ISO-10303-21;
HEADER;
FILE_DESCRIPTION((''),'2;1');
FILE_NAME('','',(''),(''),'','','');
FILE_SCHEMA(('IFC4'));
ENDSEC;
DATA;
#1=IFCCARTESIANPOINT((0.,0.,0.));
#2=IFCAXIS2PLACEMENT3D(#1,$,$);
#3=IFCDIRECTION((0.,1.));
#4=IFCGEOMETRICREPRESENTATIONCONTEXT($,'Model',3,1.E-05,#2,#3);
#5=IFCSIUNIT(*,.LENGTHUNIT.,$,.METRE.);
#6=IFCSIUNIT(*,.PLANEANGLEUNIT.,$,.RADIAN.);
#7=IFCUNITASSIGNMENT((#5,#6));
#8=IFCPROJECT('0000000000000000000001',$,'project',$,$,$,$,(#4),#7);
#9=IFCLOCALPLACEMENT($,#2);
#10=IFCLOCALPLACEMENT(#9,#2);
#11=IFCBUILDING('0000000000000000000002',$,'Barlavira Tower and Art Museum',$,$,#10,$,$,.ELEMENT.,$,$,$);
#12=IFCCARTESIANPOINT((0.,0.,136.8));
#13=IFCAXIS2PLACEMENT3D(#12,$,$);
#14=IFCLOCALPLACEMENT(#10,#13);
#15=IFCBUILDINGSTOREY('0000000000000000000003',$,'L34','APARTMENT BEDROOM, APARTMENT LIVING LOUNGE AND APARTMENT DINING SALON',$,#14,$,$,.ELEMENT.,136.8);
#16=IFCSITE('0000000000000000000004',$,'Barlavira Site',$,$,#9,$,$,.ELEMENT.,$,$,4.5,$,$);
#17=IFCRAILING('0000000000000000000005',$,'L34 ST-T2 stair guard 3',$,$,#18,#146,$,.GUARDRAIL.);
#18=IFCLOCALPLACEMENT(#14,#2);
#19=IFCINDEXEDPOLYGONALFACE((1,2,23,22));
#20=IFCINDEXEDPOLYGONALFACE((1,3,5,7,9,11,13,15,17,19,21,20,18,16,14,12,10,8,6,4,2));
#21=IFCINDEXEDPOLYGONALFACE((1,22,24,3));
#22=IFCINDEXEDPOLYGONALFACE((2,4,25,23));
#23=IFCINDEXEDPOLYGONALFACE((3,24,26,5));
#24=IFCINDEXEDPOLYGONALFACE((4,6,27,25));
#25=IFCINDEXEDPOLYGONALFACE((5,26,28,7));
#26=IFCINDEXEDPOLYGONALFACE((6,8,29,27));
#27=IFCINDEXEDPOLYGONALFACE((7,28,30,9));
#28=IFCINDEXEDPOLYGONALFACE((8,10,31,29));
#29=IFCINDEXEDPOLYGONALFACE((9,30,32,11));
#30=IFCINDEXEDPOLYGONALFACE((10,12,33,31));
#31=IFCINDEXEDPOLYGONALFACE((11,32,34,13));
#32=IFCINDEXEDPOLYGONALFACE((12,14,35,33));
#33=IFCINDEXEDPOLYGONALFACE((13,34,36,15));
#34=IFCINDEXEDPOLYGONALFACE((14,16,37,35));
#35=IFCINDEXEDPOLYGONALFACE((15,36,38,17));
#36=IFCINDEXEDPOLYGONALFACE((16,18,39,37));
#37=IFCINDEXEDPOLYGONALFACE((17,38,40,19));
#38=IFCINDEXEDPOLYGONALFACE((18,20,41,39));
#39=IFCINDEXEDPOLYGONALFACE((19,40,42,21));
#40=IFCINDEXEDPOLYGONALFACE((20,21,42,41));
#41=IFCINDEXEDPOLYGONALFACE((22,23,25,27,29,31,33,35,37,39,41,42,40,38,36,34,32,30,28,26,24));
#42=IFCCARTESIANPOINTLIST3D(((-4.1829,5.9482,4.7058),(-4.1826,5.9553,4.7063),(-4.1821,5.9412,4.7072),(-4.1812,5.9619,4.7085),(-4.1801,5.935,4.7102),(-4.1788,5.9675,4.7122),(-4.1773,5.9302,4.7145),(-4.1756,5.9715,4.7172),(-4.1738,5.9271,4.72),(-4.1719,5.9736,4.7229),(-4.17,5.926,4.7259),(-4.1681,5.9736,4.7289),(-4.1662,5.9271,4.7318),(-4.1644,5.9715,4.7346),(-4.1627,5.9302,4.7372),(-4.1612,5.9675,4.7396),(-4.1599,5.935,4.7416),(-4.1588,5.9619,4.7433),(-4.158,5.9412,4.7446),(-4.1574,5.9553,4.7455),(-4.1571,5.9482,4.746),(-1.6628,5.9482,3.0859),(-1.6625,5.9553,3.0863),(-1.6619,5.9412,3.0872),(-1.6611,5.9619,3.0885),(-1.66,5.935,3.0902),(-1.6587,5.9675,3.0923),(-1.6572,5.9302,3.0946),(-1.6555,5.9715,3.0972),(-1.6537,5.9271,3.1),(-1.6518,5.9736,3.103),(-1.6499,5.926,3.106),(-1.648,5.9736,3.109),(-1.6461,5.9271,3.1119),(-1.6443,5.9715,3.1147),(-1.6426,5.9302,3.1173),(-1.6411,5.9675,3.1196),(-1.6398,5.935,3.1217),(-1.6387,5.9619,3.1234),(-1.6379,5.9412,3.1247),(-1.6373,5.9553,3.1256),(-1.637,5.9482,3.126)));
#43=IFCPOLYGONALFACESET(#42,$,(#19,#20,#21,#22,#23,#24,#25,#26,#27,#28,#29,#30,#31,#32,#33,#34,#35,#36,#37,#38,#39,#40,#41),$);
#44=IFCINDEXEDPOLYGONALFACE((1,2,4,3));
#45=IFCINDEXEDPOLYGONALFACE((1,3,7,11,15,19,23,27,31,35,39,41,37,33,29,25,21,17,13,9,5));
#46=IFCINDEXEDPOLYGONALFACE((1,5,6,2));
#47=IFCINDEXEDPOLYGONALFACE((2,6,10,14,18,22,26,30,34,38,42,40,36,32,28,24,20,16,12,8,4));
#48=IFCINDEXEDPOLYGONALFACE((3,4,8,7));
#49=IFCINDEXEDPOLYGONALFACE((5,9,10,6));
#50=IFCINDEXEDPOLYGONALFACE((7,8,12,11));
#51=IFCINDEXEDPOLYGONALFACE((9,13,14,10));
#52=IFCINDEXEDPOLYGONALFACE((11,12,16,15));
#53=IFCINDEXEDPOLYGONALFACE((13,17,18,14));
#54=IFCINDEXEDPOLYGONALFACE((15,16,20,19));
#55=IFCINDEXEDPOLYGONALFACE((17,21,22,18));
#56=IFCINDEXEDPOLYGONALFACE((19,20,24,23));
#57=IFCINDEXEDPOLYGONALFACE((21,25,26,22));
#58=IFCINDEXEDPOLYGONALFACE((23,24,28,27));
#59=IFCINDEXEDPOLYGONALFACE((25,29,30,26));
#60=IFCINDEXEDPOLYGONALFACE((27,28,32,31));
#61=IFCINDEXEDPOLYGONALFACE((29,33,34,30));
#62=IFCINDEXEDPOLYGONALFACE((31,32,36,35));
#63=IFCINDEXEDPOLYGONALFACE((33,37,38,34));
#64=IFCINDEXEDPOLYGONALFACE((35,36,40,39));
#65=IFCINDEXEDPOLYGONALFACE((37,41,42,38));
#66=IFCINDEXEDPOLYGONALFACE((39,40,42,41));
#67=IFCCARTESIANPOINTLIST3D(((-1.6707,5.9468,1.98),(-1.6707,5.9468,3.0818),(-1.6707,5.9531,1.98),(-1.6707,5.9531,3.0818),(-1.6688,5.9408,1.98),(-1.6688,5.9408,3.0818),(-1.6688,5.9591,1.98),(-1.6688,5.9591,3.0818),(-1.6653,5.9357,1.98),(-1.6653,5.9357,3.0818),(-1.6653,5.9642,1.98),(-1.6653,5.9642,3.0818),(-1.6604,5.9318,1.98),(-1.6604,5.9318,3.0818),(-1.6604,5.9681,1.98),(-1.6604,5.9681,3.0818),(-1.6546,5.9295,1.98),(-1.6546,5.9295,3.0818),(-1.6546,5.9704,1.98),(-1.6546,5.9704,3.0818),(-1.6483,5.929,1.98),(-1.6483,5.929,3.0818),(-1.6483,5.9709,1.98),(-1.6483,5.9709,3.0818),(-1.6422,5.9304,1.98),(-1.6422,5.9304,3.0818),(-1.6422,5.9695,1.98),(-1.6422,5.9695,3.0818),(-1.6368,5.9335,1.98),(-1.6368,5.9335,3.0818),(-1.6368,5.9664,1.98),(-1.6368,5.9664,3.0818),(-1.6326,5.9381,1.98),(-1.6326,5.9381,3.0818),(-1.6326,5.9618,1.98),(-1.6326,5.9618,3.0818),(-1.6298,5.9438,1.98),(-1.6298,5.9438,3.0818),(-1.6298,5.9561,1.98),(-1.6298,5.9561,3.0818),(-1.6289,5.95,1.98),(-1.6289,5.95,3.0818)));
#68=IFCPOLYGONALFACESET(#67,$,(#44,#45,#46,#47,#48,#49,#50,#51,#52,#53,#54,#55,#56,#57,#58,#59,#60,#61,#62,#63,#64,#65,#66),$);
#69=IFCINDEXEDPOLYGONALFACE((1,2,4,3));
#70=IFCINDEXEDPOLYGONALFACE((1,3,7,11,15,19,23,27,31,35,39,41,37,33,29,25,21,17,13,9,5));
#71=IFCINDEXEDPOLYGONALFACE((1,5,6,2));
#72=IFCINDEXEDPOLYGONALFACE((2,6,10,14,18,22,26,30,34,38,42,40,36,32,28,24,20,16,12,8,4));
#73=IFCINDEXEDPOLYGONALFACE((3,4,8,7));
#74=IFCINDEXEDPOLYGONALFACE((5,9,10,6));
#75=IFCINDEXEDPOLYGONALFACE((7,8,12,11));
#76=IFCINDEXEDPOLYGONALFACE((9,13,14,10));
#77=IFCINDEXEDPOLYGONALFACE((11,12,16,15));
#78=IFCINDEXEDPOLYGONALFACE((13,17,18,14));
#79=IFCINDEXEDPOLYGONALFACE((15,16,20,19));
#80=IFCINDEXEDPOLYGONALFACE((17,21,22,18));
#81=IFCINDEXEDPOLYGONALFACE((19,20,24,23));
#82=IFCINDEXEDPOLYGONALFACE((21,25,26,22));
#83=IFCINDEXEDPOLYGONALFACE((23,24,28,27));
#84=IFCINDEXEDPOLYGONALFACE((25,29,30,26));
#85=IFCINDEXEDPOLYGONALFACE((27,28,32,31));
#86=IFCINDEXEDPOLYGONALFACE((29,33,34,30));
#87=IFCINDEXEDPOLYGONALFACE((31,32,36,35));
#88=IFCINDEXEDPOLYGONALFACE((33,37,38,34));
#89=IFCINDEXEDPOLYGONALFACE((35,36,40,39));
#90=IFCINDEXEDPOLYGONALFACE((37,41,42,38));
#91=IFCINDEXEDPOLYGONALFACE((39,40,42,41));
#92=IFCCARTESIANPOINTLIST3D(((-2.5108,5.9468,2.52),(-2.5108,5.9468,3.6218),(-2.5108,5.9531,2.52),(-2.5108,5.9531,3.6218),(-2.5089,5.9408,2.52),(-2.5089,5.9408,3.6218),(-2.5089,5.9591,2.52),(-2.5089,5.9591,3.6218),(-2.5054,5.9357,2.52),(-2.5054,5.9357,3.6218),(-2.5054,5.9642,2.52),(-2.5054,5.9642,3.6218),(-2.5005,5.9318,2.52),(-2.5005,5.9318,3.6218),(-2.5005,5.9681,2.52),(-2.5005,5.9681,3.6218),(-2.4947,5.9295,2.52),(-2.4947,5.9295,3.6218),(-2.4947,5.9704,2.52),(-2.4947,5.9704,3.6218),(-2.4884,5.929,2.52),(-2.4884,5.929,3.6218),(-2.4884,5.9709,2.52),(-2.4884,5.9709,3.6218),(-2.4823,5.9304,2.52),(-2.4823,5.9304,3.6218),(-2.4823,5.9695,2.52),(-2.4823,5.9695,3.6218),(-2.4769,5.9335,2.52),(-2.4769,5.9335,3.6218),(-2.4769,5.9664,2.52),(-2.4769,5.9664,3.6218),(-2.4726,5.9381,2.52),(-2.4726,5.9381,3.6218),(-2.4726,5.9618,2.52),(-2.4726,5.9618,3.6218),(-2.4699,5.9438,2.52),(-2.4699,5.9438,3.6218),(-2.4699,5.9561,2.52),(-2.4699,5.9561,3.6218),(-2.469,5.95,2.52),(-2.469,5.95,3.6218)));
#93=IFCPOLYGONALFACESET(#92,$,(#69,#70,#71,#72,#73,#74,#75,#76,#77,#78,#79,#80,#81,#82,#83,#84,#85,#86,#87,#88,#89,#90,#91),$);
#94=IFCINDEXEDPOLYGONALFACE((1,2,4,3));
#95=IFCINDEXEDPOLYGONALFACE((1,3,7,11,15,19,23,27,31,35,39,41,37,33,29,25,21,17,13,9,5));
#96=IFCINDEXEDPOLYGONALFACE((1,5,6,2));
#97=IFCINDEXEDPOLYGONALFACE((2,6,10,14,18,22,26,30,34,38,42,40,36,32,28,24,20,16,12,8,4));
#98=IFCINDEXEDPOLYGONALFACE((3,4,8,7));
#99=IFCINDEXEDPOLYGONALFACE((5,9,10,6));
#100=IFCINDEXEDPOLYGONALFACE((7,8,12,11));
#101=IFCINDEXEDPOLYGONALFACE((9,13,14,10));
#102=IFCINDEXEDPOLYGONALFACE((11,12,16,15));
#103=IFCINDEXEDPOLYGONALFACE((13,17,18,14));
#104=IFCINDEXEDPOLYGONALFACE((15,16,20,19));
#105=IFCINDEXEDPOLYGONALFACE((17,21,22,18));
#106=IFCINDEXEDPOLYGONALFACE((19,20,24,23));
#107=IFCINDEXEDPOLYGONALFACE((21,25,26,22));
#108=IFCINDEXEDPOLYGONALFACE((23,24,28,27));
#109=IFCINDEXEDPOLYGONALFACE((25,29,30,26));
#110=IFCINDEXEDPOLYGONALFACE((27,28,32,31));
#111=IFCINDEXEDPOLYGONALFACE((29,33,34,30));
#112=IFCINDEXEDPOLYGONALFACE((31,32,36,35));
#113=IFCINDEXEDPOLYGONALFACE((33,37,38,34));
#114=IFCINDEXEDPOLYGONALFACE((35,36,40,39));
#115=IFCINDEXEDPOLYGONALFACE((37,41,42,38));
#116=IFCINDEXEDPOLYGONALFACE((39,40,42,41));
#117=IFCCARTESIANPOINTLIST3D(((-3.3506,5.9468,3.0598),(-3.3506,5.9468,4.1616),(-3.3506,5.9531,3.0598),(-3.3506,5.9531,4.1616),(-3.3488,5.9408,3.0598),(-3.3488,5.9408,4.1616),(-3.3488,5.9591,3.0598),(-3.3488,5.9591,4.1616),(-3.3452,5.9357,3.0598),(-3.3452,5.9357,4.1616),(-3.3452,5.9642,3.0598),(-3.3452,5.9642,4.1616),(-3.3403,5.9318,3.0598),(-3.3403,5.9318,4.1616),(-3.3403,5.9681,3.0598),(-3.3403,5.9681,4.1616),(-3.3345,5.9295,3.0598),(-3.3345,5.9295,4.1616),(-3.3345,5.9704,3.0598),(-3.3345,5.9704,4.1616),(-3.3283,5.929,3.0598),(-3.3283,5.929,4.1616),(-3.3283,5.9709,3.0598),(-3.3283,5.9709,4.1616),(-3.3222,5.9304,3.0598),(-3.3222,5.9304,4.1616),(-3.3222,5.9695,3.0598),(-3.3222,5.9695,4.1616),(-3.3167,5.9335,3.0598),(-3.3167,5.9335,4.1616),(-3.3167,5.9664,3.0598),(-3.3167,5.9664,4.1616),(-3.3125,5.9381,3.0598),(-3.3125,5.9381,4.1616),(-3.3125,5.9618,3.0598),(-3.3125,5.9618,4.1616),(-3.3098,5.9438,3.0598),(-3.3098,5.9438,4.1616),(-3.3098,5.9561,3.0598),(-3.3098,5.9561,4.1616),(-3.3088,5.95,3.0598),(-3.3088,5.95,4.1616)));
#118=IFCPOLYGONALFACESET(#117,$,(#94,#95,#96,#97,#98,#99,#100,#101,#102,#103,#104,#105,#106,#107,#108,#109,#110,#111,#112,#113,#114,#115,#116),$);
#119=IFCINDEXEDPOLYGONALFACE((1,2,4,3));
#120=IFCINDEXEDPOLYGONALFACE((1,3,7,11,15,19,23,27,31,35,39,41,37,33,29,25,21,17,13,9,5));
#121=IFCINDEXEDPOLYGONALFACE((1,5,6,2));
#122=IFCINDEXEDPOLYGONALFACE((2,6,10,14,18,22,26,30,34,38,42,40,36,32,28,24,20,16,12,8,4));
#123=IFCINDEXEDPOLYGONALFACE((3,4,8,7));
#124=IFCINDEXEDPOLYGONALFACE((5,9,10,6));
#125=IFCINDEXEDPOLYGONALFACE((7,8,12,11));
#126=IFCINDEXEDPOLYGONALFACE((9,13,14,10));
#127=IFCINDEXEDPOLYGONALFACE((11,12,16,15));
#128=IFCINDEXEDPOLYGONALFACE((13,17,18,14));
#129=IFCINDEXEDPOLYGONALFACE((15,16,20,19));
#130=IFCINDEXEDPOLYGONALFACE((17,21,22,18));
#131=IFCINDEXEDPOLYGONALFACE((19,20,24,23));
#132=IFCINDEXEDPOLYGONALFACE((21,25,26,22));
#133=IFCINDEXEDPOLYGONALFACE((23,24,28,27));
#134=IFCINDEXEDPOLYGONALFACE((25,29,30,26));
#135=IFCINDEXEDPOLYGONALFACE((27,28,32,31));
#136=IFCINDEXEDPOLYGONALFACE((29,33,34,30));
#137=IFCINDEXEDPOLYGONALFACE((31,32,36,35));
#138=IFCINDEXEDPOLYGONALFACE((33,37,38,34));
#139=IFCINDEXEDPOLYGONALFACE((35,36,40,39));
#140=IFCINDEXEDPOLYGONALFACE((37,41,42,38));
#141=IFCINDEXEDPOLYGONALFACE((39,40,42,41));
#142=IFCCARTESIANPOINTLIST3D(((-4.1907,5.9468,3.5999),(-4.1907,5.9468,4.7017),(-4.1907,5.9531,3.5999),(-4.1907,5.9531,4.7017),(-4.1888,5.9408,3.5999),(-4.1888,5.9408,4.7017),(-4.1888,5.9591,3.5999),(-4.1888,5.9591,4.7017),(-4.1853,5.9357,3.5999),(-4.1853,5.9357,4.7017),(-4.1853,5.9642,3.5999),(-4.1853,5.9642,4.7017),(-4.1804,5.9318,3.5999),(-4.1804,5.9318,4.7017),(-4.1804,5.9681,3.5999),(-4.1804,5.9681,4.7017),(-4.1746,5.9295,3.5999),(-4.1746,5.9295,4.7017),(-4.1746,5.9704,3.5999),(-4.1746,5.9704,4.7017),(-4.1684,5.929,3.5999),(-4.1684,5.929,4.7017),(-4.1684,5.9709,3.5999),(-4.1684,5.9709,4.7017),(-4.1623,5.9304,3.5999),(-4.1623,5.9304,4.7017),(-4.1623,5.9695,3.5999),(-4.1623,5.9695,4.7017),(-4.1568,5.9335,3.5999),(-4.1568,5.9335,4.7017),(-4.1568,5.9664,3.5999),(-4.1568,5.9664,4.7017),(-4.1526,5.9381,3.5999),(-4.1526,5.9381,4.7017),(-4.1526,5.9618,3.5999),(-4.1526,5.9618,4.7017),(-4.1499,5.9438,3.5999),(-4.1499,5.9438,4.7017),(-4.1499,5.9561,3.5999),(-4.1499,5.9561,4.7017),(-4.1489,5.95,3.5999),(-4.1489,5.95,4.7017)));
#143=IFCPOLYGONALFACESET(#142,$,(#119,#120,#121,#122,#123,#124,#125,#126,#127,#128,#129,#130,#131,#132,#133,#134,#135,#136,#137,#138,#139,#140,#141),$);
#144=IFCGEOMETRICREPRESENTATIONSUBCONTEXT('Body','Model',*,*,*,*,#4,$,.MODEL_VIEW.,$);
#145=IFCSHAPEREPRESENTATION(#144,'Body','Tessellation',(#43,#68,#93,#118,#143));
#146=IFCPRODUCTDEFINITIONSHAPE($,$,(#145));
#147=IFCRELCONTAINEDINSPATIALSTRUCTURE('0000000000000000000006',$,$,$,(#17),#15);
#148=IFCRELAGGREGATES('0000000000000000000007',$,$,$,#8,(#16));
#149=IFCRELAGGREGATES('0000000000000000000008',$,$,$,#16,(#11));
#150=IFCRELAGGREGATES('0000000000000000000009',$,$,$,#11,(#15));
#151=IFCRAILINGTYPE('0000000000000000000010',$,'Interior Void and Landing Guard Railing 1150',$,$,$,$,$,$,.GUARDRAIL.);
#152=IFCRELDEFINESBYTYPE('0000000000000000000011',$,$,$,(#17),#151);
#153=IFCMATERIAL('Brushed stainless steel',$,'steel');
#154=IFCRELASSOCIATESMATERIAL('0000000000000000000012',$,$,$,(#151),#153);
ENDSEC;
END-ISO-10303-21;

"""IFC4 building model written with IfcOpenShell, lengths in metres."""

from ifc_helpers import new_model, si_unit, direction, frame, origin, origin_2d, place, context, subcontext, project, spatial, circle, extrude, material, type_object, element, save


model = new_model("IFC4")

# Units and contexts
model_context = context("Model", 3, precision=1e-05, world=origin(), true_north=direction((0.0, 1.0)))
body_context = subcontext(model_context, "Body", "Model", "MODEL_VIEW")
ifc_project = project(units=[si_unit("LENGTHUNIT", "METRE"), si_unit("PLANEANGLEUNIT", "RADIAN")], contexts=[model_context])

# Site, building, storey
site_placement = place(None, origin())
site = spatial("IfcSite", under=ifc_project, at=site_placement, Name="Barlavira Site", CompositionType="ELEMENT", RefElevation=4.5)
building_placement = place(site_placement, origin())
building = spatial("IfcBuilding", under=site, at=building_placement, Name="Barlavira Tower and Art Museum", CompositionType="ELEMENT")
storey_placement = place(building_placement, frame((0.0, 0.0, 136.8)))
storey = spatial("IfcBuildingStorey", under=building, at=storey_placement, Name="L34", Description="APARTMENT BEDROOM, APARTMENT LIVING LOUNGE AND APARTMENT DINING SALON", CompositionType="ELEMENT", Elevation=136.8)

# Shared definitions
ifc_material_1 = material(Name="Brushed stainless steel", Category="steel")

# Railing
railing_type_1 = type_object("IfcRailingType", Name="Interior Void and Landing Guard Railing 1150", PredefinedType="GUARDRAIL", material=ifc_material_1)
railing_1_placement = place(storey_placement, frame((-1.6499, 5.95, 1.98)))
element("IfcRailing", 1, at=railing_1_placement, inside=storey, type_object=railing_type_1, Name="L34 ST-T2 stair guard 3", PredefinedType="GUARDRAIL", context=body_context, shape_type="SweptSolid", body=[
    extrude(circle(Radius=0.0239, at=origin_2d()), frame((0.0, 0.0, 1.126), z_axis=(-0.8412, 0.0, 0.540725), x_axis=(0.0, -1.0, 0.0)), (0.0, 0.0, 1.0), 2.9958),
    extrude(circle(Radius=0.021, at=origin_2d()), origin(), (0.0, 0.0, 1.0), 1.1018),
    extrude(circle(Radius=0.021, at=origin_2d()), frame((-0.8401, 0.0, 0.54)), (0.0, 0.0, 1.0), 1.1018),
    extrude(circle(Radius=0.021, at=origin_2d()), frame((-1.6799, 0.0, 1.0798)), (0.0, 0.0, 1.0), 1.1018),
    extrude(circle(Radius=0.021, at=origin_2d()), frame((-2.52, 0.0, 1.6199)), (0.0, 0.0, 1.0), 1.1018),
])

save(model, "model.ifc")
